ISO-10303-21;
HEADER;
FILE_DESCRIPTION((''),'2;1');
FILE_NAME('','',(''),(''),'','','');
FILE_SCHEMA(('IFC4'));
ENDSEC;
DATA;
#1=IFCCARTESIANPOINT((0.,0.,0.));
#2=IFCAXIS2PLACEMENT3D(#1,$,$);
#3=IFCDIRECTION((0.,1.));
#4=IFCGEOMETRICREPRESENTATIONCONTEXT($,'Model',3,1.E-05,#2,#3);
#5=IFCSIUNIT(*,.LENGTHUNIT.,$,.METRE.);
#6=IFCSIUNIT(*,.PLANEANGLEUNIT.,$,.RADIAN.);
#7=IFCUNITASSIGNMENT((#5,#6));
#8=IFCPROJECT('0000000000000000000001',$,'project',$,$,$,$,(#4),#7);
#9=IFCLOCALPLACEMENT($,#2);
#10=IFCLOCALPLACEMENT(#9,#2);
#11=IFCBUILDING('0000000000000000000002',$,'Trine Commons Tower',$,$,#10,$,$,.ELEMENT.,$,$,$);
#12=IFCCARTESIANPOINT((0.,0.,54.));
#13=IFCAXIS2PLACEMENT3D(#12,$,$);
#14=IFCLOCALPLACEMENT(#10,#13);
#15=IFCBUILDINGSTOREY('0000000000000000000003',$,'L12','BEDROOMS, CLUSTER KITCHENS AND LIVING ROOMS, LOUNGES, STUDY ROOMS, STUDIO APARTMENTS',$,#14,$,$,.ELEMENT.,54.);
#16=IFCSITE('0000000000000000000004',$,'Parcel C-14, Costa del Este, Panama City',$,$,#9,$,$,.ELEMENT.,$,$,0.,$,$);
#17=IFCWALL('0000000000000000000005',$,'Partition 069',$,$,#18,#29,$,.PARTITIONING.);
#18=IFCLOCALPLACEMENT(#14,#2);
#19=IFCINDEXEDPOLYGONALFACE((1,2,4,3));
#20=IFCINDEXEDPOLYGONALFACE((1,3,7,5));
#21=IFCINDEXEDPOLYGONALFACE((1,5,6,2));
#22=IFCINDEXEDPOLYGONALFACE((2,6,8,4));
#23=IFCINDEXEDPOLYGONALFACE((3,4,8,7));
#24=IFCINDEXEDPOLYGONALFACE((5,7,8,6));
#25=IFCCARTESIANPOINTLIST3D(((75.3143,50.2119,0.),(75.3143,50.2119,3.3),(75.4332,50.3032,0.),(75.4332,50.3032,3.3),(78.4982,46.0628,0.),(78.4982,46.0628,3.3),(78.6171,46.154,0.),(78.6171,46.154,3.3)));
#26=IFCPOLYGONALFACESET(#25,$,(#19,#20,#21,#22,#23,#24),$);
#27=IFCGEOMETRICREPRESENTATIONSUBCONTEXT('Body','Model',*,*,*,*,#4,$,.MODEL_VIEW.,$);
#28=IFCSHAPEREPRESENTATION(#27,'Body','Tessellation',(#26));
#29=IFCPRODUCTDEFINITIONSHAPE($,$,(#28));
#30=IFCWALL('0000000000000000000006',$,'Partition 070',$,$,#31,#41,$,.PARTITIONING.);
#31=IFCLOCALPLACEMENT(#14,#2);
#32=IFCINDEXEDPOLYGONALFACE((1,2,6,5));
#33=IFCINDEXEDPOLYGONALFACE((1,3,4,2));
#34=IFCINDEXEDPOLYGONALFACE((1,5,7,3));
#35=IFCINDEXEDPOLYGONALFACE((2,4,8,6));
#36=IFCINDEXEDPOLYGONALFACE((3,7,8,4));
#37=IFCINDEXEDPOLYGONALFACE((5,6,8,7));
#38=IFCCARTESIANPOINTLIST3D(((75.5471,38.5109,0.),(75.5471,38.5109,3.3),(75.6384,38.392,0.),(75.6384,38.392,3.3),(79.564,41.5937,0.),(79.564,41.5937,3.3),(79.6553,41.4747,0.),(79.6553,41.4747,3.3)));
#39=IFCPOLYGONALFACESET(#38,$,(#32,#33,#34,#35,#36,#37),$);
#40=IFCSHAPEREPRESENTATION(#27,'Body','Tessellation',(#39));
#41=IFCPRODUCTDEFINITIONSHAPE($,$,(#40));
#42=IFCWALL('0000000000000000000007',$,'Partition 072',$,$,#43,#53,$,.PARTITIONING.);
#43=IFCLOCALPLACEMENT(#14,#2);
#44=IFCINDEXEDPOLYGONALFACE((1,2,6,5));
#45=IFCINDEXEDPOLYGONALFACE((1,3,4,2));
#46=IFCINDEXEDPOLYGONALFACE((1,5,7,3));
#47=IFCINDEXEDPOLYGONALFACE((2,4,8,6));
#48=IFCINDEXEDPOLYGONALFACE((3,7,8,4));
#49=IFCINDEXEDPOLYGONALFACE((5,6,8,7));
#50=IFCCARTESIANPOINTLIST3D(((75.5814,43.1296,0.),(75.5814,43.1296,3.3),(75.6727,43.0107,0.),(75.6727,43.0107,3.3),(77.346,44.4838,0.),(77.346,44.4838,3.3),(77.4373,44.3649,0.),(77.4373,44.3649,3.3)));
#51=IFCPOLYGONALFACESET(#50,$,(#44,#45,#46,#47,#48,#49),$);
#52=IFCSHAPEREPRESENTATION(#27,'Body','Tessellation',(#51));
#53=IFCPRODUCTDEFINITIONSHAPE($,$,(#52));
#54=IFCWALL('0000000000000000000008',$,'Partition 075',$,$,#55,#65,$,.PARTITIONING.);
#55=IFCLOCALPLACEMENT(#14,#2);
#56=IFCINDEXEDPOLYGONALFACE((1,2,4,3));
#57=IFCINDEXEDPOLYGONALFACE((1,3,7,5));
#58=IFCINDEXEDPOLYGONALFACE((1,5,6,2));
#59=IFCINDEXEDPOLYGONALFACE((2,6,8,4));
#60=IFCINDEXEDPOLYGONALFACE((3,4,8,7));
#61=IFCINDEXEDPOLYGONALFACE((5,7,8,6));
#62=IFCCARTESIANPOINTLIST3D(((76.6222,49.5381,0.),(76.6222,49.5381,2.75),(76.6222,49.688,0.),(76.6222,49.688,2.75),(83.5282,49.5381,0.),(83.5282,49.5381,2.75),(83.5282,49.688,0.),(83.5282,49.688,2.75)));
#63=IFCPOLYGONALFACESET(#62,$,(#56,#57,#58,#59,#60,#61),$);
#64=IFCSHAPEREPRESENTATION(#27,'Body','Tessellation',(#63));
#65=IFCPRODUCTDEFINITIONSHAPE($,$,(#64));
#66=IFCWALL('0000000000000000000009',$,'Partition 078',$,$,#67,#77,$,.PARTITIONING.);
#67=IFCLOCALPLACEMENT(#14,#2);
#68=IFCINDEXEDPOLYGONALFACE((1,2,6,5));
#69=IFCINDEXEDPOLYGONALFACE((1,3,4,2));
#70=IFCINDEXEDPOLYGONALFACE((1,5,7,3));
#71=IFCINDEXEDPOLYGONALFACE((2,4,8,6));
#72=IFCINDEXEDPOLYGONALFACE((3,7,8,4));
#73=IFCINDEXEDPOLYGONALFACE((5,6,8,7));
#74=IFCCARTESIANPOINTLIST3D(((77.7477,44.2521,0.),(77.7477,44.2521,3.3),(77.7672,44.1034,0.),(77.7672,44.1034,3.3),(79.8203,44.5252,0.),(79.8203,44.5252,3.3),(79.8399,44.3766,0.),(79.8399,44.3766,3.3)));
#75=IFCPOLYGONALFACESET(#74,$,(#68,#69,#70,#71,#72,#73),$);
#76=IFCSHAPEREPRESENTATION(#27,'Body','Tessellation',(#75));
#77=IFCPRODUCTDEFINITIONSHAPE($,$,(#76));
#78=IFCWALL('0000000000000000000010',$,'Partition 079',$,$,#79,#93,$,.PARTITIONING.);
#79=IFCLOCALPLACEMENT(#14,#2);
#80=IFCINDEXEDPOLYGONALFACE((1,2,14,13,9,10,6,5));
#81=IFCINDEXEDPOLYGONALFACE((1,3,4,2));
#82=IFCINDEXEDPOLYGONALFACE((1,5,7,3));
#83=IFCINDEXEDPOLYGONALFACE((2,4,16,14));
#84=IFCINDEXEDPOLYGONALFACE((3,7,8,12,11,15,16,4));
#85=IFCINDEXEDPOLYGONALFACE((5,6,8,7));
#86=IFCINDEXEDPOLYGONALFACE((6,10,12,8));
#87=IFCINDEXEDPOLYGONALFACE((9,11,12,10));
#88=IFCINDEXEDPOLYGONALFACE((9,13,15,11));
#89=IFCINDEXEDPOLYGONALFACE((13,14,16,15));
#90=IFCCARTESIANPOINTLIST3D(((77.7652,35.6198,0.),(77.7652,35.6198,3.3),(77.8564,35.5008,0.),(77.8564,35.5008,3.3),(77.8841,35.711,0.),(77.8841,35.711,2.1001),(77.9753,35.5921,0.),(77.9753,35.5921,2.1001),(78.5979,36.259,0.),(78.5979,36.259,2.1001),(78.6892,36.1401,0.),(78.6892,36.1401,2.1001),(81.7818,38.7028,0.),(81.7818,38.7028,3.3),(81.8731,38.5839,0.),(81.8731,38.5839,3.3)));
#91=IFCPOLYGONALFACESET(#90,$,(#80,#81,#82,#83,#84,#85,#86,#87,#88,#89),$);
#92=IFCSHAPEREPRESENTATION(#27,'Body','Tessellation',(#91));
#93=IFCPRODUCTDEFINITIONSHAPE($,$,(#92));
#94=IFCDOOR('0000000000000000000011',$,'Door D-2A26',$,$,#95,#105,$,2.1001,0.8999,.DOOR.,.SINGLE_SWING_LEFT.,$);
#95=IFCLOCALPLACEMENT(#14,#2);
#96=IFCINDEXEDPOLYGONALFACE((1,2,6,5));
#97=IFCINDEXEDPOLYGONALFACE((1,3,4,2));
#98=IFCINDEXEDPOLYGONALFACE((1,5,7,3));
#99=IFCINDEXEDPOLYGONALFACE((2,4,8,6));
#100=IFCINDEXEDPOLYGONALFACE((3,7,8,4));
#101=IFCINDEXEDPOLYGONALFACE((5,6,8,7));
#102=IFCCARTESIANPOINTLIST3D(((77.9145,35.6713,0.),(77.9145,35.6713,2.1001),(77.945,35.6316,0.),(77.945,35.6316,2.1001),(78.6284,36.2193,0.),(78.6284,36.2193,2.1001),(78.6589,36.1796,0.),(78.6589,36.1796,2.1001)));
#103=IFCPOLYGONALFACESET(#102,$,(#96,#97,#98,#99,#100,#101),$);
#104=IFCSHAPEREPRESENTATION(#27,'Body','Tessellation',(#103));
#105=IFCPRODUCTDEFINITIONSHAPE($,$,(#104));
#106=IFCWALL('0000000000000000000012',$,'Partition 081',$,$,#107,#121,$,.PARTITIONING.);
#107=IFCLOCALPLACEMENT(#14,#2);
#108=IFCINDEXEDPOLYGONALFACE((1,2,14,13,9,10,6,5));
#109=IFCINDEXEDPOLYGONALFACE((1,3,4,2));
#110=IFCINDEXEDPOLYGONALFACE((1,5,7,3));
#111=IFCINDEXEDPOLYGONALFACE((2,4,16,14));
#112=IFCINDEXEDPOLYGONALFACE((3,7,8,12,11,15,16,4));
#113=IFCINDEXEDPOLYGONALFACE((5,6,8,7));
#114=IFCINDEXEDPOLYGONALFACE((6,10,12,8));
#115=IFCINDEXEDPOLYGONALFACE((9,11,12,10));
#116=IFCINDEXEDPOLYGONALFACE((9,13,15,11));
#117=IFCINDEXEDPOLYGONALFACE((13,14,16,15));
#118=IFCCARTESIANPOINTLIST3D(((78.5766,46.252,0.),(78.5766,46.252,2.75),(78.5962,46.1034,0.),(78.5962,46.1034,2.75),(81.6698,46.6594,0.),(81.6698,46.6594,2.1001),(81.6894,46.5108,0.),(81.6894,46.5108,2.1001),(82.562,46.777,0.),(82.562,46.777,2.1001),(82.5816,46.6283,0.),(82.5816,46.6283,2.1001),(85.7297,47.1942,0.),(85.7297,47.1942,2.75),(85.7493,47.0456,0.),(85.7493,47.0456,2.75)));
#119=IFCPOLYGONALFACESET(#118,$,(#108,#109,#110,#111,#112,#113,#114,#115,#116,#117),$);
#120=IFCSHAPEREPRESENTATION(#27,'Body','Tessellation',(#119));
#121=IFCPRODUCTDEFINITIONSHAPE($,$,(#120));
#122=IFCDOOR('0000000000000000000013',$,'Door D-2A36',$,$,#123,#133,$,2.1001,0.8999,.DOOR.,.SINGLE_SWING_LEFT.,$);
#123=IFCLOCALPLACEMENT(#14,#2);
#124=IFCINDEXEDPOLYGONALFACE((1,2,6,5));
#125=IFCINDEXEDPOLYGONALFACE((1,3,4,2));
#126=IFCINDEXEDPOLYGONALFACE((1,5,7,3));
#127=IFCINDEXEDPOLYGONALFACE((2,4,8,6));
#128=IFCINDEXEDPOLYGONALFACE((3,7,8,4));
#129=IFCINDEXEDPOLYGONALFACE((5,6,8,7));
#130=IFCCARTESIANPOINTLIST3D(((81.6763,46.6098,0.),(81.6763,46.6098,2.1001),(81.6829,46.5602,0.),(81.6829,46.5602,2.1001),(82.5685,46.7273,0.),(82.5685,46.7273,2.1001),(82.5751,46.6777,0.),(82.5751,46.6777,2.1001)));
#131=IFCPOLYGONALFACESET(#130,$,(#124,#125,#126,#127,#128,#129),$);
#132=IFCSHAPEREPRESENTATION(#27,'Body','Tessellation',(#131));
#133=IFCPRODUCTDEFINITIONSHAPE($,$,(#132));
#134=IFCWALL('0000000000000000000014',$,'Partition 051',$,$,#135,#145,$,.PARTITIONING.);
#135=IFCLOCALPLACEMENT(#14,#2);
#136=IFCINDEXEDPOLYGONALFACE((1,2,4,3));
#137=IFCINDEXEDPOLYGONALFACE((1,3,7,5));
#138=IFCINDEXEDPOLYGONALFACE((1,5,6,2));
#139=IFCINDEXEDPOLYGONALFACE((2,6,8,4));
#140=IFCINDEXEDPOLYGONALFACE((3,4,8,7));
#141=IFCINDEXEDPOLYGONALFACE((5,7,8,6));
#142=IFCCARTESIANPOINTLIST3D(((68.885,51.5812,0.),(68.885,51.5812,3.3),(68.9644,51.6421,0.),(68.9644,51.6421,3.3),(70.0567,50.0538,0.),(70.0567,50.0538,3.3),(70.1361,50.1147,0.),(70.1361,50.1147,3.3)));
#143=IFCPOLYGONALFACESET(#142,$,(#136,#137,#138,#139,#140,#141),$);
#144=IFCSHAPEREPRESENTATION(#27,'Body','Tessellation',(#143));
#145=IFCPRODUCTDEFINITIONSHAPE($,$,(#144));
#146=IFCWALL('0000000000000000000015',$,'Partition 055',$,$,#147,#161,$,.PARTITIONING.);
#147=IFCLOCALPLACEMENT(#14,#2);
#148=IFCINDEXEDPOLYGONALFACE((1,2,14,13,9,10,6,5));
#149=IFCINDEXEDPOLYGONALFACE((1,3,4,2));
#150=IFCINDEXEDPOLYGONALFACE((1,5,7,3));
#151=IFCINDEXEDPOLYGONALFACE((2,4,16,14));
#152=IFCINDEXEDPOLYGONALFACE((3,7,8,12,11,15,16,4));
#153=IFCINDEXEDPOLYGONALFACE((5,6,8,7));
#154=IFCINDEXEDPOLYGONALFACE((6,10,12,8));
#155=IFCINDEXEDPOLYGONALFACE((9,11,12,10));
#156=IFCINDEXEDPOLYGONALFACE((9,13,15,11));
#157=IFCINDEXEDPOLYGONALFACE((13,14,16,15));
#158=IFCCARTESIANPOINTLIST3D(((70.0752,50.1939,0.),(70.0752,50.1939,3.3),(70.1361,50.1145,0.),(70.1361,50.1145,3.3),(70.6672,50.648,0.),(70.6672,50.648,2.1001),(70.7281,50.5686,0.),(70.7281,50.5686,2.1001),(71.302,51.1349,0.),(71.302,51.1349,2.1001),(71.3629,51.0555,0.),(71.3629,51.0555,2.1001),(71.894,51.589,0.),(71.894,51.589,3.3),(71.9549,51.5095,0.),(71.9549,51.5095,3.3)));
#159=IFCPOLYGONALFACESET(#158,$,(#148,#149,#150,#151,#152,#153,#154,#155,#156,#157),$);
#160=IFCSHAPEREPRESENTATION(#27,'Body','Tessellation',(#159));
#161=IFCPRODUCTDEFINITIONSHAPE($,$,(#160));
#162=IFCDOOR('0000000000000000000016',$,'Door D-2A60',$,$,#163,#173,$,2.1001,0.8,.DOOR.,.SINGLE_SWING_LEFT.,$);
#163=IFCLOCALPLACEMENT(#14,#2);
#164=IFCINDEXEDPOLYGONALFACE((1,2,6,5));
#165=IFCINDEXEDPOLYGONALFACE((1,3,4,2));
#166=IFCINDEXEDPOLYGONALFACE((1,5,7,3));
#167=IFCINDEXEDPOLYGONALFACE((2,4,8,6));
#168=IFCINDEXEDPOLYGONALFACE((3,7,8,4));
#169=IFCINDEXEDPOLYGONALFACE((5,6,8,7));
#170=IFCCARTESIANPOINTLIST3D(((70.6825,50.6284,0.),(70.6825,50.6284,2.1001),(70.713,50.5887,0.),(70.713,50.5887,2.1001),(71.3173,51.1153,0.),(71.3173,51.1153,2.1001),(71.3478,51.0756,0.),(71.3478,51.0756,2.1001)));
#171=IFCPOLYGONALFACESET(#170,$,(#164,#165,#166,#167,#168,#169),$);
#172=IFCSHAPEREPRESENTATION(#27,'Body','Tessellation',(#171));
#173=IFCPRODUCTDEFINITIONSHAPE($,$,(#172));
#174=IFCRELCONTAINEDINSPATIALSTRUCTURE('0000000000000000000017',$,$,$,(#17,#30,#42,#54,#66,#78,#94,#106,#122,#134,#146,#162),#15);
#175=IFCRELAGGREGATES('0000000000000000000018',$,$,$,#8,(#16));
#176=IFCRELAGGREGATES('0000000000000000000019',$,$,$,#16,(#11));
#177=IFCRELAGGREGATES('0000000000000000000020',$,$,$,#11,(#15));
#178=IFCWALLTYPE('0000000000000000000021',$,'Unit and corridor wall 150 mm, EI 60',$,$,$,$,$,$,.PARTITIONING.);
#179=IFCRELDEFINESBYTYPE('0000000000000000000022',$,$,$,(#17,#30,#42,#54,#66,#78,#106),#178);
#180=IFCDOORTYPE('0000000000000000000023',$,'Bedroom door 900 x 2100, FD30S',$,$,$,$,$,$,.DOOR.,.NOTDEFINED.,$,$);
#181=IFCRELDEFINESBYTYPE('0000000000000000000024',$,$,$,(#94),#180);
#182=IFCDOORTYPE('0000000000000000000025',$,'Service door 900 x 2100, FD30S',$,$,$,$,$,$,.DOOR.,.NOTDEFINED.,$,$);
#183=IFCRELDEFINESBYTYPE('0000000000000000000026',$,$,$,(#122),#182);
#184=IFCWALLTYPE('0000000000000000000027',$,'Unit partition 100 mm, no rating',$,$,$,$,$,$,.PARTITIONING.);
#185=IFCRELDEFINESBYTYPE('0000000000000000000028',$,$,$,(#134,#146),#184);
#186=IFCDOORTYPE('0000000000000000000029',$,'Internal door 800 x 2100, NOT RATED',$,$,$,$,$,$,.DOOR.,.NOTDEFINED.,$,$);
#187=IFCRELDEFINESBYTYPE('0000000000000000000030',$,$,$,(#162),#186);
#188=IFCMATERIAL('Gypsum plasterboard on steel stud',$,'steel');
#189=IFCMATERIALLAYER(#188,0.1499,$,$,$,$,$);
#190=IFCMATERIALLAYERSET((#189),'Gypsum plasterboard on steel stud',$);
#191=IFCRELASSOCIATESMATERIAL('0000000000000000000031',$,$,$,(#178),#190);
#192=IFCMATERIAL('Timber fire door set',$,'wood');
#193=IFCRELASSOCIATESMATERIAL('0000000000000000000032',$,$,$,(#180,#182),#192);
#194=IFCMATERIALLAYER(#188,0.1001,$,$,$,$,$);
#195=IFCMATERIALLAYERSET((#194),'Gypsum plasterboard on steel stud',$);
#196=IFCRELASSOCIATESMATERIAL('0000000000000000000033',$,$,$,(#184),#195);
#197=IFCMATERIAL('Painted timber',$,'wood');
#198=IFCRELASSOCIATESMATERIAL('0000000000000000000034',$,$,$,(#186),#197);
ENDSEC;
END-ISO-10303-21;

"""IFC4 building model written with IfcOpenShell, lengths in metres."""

from ifc_helpers import new_model, si_unit, direction, frame, frame_2d, origin, place, context, subcontext, project, spatial, rectangle, extrude, material, layer, layer_set, type_object, element, fill, save


model = new_model("IFC4")

# Units and contexts
model_context = context("Model", 3, precision=1e-05, world=origin(), true_north=direction((0.0, 1.0)))
body_context = subcontext(model_context, "Body", "Model", "MODEL_VIEW")
ifc_project = project(units=[si_unit("LENGTHUNIT", "METRE"), si_unit("PLANEANGLEUNIT", "RADIAN")], contexts=[model_context])

# Site, building, storey
site_placement = place(None, origin())
site = spatial("IfcSite", under=ifc_project, at=site_placement, Name="Parcel C-14, Costa del Este, Panama City", CompositionType="ELEMENT", RefElevation=0.0)
building_placement = place(site_placement, origin())
building = spatial("IfcBuilding", under=site, at=building_placement, Name="Trine Commons Tower", CompositionType="ELEMENT")
storey_placement = place(building_placement, frame((0.0, 0.0, 54.0)))
storey = spatial("IfcBuildingStorey", under=building, at=storey_placement, Name="L12", Description="BEDROOMS, CLUSTER KITCHENS AND LIVING ROOMS, LOUNGES, STUDY ROOMS, STUDIO APARTMENTS", CompositionType="ELEMENT", Elevation=54.0)

# Walls
ifc_material_1 = material(Name="Gypsum plasterboard on steel stud", Category="steel")
ifc_layer_1 = layer(ifc_material_1, 0.1499)
ifc_layer_set_1 = layer_set([ifc_layer_1], Name="Gypsum plasterboard on steel stud")
wall_type_1 = type_object("IfcWallType", Name="Unit and corridor wall 150 mm, EI 60", PredefinedType="PARTITIONING", material=ifc_layer_set_1)
wall_1_placement = place(storey_placement, frame((75.3738, 50.2576, 0.0), z_axis=(0.0, 0.0, 1.0), x_axis=(0.60877, -0.793347, 0.0)))
element("IfcWall", 1, at=wall_1_placement, inside=storey, type_object=wall_type_1, Name="Partition 069", PredefinedType="PARTITIONING", context=body_context, shape_type="SweptSolid", body=[
    extrude(rectangle(XDim=5.23, YDim=0.1499, at=frame_2d((2.615, 0.0))), origin(), (0.0, 0.0, 1.0), 3.3),
])
wall_2_placement = place(storey_placement, frame((75.5928, 38.4514, 0.0), z_axis=(0.0, 0.0, 1.0), x_axis=(0.793303, 0.608827, 0.0)))
element("IfcWall", 2, at=wall_2_placement, inside=storey, type_object=wall_type_1, Name="Partition 070", PredefinedType="PARTITIONING", context=body_context, shape_type="SweptSolid", body=[
    extrude(rectangle(XDim=5.0635, YDim=0.1499, at=frame_2d((2.5317, 0.0))), origin(), (0.0, 0.0, 1.0), 3.3),
])
wall_3_placement = place(storey_placement, frame((75.627, 43.0701, 0.0), z_axis=(0.0, 0.0, 1.0), x_axis=(0.793313, 0.608814, 0.0)))
element("IfcWall", 3, at=wall_3_placement, inside=storey, type_object=wall_type_1, Name="Partition 072", PredefinedType="PARTITIONING", context=body_context, shape_type="SweptSolid", body=[
    extrude(rectangle(XDim=2.2244, YDim=0.1499, at=frame_2d((1.1123, 0.0))), origin(), (0.0, 0.0, 1.0), 3.3),
])
wall_4_placement = place(storey_placement, frame((76.6221, 49.613, 0.0), z_axis=(0.0, 0.0, 1.0), x_axis=(1.0, 0.0, 0.0)))
element("IfcWall", 4, at=wall_4_placement, inside=storey, type_object=wall_type_1, Name="Partition 075", PredefinedType="PARTITIONING", context=body_context, shape_type="SweptSolid", body=[
    extrude(rectangle(XDim=6.906, YDim=0.1499, at=frame_2d((3.4531, 0.0))), origin(), (0.0, 0.0, 1.0), 2.75),
])
wall_5_placement = place(storey_placement, frame((77.7573, 44.1777, 0.0), z_axis=(0.0, 0.0, 1.0), x_axis=(0.991426, 0.130672, 0.0)))
element("IfcWall", 5, at=wall_5_placement, inside=storey, type_object=wall_type_1, Name="Partition 078", PredefinedType="PARTITIONING", context=body_context, shape_type="SweptSolid", body=[
    extrude(rectangle(XDim=2.0906, YDim=0.1499, at=frame_2d((1.0454, 0.0))), origin(), (0.0, 0.0, 1.0), 3.3),
])

# Walls, openings, doors
wall_6_placement = place(storey_placement, frame((77.8108, 35.5603, 0.0), z_axis=(0.0, 0.0, 1.0), x_axis=(0.793262, 0.608881, 0.0)))
wall_6 = element("IfcWall", 6, at=wall_6_placement, inside=storey, type_object=wall_type_1, Name="Partition 079", PredefinedType="PARTITIONING", context=body_context, shape_type="SweptSolid", body=[
    extrude(rectangle(XDim=5.0635, YDim=0.1499, at=frame_2d((2.5317, 0.0))), origin(), (0.0, 0.0, 1.0), 3.3),
])
opening_1_placement = place(wall_6_placement, frame((0.1499, 0.0, 0.0)))
opening_1 = element("IfcOpeningElement", 7, at=opening_1_placement, cuts=wall_6, PredefinedType="OPENING", context=body_context, shape_type="SweptSolid", body=[
    extrude(rectangle(XDim=0.8999, YDim=2.1001, at=frame_2d((0.45, 1.05))), frame((0.0, 0.085, 0.0), z_axis=(0.0, -1.0, 0.0), x_axis=(1.0, 0.0, 0.0)), (0.0, 0.0, 1.0), 0.1699),
])
ifc_material_2 = material(Name="Timber fire door set", Category="wood")
door_type_1 = type_object("IfcDoorType", Name="Bedroom door 900 x 2100, FD30S", OperationType="NOTDEFINED", PredefinedType="DOOR", material=ifc_material_2)
door_1_placement = place(opening_1_placement, origin())
door_1 = element("IfcDoor", 8, at=door_1_placement, inside=storey, type_object=door_type_1, Name="Door D-2A26", OperationType="SINGLE_SWING_LEFT", OverallHeight=2.1001, OverallWidth=0.8999, PredefinedType="DOOR", context=body_context, shape_type="SweptSolid", body=[
    extrude(rectangle(XDim=0.8999, YDim=2.1001, at=frame_2d((0.45, 1.05))), frame((0.0, 0.0249, 0.0), z_axis=(0.0, -1.0, 0.0), x_axis=(1.0, 0.0, 0.0)), (0.0, 0.0, 1.0), 0.05),
])
fill(opening_1, door_1)
wall_7_placement = place(storey_placement, frame((78.5864, 46.1777, 0.0), z_axis=(0.0, 0.0, 1.0), x_axis=(0.991437, 0.130583, 0.0)))
wall_7 = element("IfcWall", 9, at=wall_7_placement, inside=storey, type_object=wall_type_1, Name="Partition 081", PredefinedType="PARTITIONING", context=body_context, shape_type="SweptSolid", body=[
    extrude(rectangle(XDim=7.2148, YDim=0.1499, at=frame_2d((3.6074, 0.0))), origin(), (0.0, 0.0, 1.0), 2.75),
])
opening_2_placement = place(wall_7_placement, frame((3.1199, 0.0, 0.0)))
opening_2 = element("IfcOpeningElement", 10, at=opening_2_placement, cuts=wall_7, PredefinedType="OPENING", context=body_context, shape_type="SweptSolid", body=[
    extrude(rectangle(XDim=0.8999, YDim=2.1001, at=frame_2d((0.45, 1.05))), frame((0.0, 0.085, 0.0), z_axis=(0.0, -1.0, 0.0), x_axis=(1.0, 0.0, 0.0)), (0.0, 0.0, 1.0), 0.1699),
])
door_type_2 = type_object("IfcDoorType", Name="Service door 900 x 2100, FD30S", OperationType="NOTDEFINED", PredefinedType="DOOR", material=ifc_material_2)
door_2_placement = place(opening_2_placement, origin())
door_2 = element("IfcDoor", 11, at=door_2_placement, inside=storey, type_object=door_type_2, Name="Door D-2A36", OperationType="SINGLE_SWING_LEFT", OverallHeight=2.1001, OverallWidth=0.8999, PredefinedType="DOOR", context=body_context, shape_type="SweptSolid", body=[
    extrude(rectangle(XDim=0.8999, YDim=2.1001, at=frame_2d((0.45, 1.05))), frame((0.0, 0.0249, 0.0), z_axis=(0.0, -1.0, 0.0), x_axis=(1.0, 0.0, 0.0)), (0.0, 0.0, 1.0), 0.05),
])
fill(opening_2, door_2)

# Wall
ifc_layer_2 = layer(ifc_material_1, 0.1001)
ifc_layer_set_2 = layer_set([ifc_layer_2], Name="Gypsum plasterboard on steel stud")
wall_type_2 = type_object("IfcWallType", Name="Unit partition 100 mm, no rating", PredefinedType="PARTITIONING", material=ifc_layer_set_2)
wall_8_placement = place(storey_placement, frame((68.9248, 51.6116, 0.0), z_axis=(0.0, 0.0, 1.0), x_axis=(0.60865, -0.793439, 0.0)))
element("IfcWall", 12, at=wall_8_placement, inside=storey, type_object=wall_type_2, Name="Partition 051", PredefinedType="PARTITIONING", context=body_context, shape_type="SweptSolid", body=[
    extrude(rectangle(XDim=1.925, YDim=0.1001, at=frame_2d((0.9624, 0.0))), origin(), (0.0, 0.0, 1.0), 3.3),
])

# Wall, opening, door
wall_9_placement = place(storey_placement, frame((70.1057, 50.1543, 0.0), z_axis=(0.0, 0.0, 1.0), x_axis=(0.793486, 0.608588, 0.0)))
wall_9 = element("IfcWall", 13, at=wall_9_placement, inside=storey, type_object=wall_type_2, Name="Partition 055", PredefinedType="PARTITIONING", context=body_context, shape_type="SweptSolid", body=[
    extrude(rectangle(XDim=2.2922, YDim=0.1001, at=frame_2d((1.146, 0.0))), origin(), (0.0, 0.0, 1.0), 3.3),
])
opening_3_placement = place(wall_9_placement, frame((0.7461, 0.0, 0.0)))
opening_3 = element("IfcOpeningElement", 14, at=opening_3_placement, cuts=wall_9, PredefinedType="OPENING", context=body_context, shape_type="SweptSolid", body=[
    extrude(rectangle(XDim=0.8, YDim=2.1001, at=frame_2d((0.3999, 1.05))), frame((0.0, 0.0601, 0.0), z_axis=(0.0, -1.0, 0.0), x_axis=(1.0, 0.0, 0.0)), (0.0, 0.0, 1.0), 0.1201),
])
ifc_material_3 = material(Name="Painted timber", Category="wood")
door_type_3 = type_object("IfcDoorType", Name="Internal door 800 x 2100, NOT RATED", OperationType="NOTDEFINED", PredefinedType="DOOR", material=ifc_material_3)
door_3_placement = place(opening_3_placement, frame((0.8, 0.0, 0.0), z_axis=(0.0, 0.0, 1.0), x_axis=(-1.0, 0.0, 0.0)))
door_3 = element("IfcDoor", 15, at=door_3_placement, inside=storey, type_object=door_type_3, Name="Door D-2A60", OperationType="SINGLE_SWING_LEFT", OverallHeight=2.1001, OverallWidth=0.8, PredefinedType="DOOR", context=body_context, shape_type="SweptSolid", body=[
    extrude(rectangle(XDim=0.8, YDim=2.1001, at=frame_2d((0.3999, 1.05))), frame((0.0, 0.0249, 0.0), z_axis=(0.0, -1.0, 0.0), x_axis=(1.0, 0.0, 0.0)), (0.0, 0.0, 1.0), 0.05),
])
fill(opening_3, door_3)

save(model, "model.ifc")
